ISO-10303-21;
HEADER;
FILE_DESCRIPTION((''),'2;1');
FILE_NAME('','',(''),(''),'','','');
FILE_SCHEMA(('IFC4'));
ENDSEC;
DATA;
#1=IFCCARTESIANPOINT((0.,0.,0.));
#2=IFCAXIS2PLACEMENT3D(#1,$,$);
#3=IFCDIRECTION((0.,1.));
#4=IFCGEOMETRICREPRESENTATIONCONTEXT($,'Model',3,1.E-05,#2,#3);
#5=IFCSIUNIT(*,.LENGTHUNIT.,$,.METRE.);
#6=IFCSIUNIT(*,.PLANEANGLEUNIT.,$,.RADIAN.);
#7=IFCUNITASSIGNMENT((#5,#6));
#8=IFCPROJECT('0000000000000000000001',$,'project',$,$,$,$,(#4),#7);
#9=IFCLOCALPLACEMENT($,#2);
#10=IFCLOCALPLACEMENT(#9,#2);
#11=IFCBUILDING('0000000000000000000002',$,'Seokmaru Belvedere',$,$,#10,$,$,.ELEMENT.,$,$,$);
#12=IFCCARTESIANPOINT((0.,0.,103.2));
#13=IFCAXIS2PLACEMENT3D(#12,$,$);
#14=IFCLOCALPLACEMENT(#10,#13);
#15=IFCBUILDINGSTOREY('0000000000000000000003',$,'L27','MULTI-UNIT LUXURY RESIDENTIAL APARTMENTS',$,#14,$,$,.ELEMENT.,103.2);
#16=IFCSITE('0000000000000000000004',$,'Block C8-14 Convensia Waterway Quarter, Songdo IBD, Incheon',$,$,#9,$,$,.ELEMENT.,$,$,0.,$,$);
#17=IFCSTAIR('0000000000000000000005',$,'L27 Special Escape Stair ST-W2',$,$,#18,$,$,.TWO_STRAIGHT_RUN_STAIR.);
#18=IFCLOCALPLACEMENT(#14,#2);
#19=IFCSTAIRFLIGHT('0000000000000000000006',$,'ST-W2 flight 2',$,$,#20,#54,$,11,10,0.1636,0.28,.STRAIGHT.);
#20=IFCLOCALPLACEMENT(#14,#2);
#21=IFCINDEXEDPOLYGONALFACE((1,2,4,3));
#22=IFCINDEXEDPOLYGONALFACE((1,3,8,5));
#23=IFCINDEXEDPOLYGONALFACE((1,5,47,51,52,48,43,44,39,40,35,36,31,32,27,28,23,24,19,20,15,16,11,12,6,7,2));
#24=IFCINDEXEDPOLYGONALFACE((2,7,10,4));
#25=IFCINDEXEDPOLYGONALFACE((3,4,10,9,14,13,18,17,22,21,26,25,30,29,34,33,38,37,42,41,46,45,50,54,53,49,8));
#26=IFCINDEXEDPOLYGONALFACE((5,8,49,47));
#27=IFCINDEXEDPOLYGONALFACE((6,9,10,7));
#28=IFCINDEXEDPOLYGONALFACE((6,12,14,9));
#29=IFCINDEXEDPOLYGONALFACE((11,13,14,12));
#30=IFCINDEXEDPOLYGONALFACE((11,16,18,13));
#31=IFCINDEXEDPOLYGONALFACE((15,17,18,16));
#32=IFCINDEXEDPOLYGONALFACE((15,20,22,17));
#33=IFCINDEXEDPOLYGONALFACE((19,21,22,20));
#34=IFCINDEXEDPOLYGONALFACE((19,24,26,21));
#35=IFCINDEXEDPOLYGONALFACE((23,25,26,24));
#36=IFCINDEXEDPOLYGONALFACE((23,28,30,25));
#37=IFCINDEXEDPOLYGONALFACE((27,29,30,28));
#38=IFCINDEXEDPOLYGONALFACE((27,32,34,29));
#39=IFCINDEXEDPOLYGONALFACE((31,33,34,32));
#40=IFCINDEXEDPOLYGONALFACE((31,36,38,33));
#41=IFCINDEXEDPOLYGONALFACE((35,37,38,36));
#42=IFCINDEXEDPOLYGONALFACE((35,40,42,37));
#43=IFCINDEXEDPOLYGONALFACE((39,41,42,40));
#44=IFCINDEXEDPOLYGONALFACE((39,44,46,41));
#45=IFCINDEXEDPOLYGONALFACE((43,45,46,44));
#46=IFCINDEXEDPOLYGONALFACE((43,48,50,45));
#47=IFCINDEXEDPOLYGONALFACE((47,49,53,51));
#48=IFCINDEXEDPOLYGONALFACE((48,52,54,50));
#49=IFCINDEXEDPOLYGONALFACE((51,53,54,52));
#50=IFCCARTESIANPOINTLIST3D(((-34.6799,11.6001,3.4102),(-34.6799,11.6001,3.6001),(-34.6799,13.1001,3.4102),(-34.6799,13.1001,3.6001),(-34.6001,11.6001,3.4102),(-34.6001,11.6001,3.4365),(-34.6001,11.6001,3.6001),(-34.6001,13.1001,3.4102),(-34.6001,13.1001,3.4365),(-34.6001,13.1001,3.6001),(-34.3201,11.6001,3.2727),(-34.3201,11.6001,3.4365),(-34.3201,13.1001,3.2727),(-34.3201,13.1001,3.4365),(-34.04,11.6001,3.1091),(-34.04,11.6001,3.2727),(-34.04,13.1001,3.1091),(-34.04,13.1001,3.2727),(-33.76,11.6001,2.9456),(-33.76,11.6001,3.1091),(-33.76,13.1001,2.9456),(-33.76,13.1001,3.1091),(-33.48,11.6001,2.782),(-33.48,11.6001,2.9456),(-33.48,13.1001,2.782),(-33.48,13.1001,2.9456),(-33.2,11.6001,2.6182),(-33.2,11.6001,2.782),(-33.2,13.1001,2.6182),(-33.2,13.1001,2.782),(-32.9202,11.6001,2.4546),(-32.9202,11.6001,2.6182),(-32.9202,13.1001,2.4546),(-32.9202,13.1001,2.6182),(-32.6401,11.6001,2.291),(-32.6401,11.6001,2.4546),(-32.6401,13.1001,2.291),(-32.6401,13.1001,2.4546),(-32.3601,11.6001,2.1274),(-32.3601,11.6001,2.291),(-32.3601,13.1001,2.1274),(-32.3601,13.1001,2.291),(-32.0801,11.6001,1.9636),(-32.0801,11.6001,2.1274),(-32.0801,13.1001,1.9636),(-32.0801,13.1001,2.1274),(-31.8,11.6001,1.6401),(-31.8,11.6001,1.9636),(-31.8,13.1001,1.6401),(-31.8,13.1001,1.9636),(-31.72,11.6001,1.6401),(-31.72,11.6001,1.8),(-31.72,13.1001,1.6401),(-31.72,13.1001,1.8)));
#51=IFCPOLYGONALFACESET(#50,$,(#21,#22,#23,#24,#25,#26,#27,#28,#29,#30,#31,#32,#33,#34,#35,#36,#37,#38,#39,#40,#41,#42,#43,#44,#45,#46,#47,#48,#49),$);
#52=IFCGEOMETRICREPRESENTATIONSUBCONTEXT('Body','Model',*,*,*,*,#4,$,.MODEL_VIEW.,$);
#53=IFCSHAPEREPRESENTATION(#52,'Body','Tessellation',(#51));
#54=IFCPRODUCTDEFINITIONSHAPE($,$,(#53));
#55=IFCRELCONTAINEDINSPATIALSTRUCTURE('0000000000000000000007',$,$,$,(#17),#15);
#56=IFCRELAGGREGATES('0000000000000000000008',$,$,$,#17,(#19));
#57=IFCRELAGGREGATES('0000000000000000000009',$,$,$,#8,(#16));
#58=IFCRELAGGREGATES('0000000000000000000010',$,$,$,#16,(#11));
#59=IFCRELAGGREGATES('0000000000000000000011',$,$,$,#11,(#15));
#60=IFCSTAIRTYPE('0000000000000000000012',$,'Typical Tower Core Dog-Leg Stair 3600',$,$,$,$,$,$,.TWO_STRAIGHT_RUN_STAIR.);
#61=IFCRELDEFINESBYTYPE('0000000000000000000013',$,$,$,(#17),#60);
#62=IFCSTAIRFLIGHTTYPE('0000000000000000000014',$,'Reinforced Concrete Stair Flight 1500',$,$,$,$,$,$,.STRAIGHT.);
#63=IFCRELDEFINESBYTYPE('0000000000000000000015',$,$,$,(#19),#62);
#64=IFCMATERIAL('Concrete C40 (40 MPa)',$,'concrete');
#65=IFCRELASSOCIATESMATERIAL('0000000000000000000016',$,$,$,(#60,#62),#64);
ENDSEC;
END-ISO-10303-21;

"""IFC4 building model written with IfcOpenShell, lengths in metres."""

from ifc_helpers import new_model, si_unit, direction, frame, origin, place, context, subcontext, project, spatial, polyline, outline, extrude, material, type_object, element, aggregate, save


model = new_model("IFC4")

# Units and contexts
model_context = context("Model", 3, precision=1e-05, world=origin(), true_north=direction((0.0, 1.0)))
body_context = subcontext(model_context, "Body", "Model", "MODEL_VIEW")
ifc_project = project(units=[si_unit("LENGTHUNIT", "METRE"), si_unit("PLANEANGLEUNIT", "RADIAN")], contexts=[model_context])

# Site, building, storey
site_placement = place(None, origin())
site = spatial("IfcSite", under=ifc_project, at=site_placement, Name="Block C8-14 Convensia Waterway Quarter, Songdo IBD, Incheon", CompositionType="ELEMENT", RefElevation=0.0)
building_placement = place(site_placement, origin())
building = spatial("IfcBuilding", under=site, at=building_placement, Name="Seokmaru Belvedere", CompositionType="ELEMENT")
storey_placement = place(building_placement, frame((0.0, 0.0, 103.2)))
storey = spatial("IfcBuildingStorey", under=building, at=storey_placement, Name="L27", Description="MULTI-UNIT LUXURY RESIDENTIAL APARTMENTS", CompositionType="ELEMENT", Elevation=103.2)

# Stair, stair flight
ifc_material_1 = material(Name="Concrete C40 (40 MPa)", Category="concrete")
stair_type = type_object("IfcStairType", Name="Typical Tower Core Dog-Leg Stair 3600", PredefinedType="TWO_STRAIGHT_RUN_STAIR", material=ifc_material_1)
stair_placement = place(storey_placement, origin())
stair = element("IfcStair", 1, at=stair_placement, inside=storey, type_object=stair_type, Name="L27 Special Escape Stair ST-W2", PredefinedType="TWO_STRAIGHT_RUN_STAIR")
stair_flight_type = type_object("IfcStairFlightType", Name="Reinforced Concrete Stair Flight 1500", PredefinedType="STRAIGHT", material=ifc_material_1)
stair_flight_placement = place(storey_placement, frame((-31.8, 12.3501, 1.8), z_axis=(0.0, 0.0, 1.0), x_axis=(-1.0, 0.0, 0.0)))
stair_flight = element("IfcStairFlight", 2, at=stair_flight_placement, type_object=stair_flight_type, Name="ST-W2 flight 2", NumberOfRisers=11, NumberOfTreads=10, PredefinedType="STRAIGHT", RiserHeight=0.1636, TreadLength=0.28, context=body_context, shape_type="SweptSolid", body=[
    extrude(outline(polyline([(-0.0801, 0.0), (0.0, 0.1636), (0.28, 0.1636), (0.28, 0.3274), (0.5601, 0.3274), (0.5601, 0.491), (0.8401, 0.491), (0.8401, 0.6545), (1.1201, 0.6545), (1.1201, 0.8181), (1.3999, 0.8181), (1.3999, 0.9819), (1.6799, 0.9819), (1.6799, 1.1455), (1.96, 1.1455), (1.96, 1.3091), (2.24, 1.3091), (2.24, 1.4727), (2.52, 1.4727), (2.52, 1.6365), (2.8, 1.6365), (2.8, 1.8), (2.8799, 1.8), (2.8799, 1.6101), (2.8, 1.6101), (0.0, -0.1599), (-0.0801, -0.1599), (-0.0801, 0.0)])), frame((0.0, 0.75, 0.0), z_axis=(0.0, -1.0, 0.0), x_axis=(1.0, 0.0, 0.0)), (0.0, 0.0, 1.0), 1.5),
])
aggregate(stair, [stair_flight])

save(model, "model.ifc")
